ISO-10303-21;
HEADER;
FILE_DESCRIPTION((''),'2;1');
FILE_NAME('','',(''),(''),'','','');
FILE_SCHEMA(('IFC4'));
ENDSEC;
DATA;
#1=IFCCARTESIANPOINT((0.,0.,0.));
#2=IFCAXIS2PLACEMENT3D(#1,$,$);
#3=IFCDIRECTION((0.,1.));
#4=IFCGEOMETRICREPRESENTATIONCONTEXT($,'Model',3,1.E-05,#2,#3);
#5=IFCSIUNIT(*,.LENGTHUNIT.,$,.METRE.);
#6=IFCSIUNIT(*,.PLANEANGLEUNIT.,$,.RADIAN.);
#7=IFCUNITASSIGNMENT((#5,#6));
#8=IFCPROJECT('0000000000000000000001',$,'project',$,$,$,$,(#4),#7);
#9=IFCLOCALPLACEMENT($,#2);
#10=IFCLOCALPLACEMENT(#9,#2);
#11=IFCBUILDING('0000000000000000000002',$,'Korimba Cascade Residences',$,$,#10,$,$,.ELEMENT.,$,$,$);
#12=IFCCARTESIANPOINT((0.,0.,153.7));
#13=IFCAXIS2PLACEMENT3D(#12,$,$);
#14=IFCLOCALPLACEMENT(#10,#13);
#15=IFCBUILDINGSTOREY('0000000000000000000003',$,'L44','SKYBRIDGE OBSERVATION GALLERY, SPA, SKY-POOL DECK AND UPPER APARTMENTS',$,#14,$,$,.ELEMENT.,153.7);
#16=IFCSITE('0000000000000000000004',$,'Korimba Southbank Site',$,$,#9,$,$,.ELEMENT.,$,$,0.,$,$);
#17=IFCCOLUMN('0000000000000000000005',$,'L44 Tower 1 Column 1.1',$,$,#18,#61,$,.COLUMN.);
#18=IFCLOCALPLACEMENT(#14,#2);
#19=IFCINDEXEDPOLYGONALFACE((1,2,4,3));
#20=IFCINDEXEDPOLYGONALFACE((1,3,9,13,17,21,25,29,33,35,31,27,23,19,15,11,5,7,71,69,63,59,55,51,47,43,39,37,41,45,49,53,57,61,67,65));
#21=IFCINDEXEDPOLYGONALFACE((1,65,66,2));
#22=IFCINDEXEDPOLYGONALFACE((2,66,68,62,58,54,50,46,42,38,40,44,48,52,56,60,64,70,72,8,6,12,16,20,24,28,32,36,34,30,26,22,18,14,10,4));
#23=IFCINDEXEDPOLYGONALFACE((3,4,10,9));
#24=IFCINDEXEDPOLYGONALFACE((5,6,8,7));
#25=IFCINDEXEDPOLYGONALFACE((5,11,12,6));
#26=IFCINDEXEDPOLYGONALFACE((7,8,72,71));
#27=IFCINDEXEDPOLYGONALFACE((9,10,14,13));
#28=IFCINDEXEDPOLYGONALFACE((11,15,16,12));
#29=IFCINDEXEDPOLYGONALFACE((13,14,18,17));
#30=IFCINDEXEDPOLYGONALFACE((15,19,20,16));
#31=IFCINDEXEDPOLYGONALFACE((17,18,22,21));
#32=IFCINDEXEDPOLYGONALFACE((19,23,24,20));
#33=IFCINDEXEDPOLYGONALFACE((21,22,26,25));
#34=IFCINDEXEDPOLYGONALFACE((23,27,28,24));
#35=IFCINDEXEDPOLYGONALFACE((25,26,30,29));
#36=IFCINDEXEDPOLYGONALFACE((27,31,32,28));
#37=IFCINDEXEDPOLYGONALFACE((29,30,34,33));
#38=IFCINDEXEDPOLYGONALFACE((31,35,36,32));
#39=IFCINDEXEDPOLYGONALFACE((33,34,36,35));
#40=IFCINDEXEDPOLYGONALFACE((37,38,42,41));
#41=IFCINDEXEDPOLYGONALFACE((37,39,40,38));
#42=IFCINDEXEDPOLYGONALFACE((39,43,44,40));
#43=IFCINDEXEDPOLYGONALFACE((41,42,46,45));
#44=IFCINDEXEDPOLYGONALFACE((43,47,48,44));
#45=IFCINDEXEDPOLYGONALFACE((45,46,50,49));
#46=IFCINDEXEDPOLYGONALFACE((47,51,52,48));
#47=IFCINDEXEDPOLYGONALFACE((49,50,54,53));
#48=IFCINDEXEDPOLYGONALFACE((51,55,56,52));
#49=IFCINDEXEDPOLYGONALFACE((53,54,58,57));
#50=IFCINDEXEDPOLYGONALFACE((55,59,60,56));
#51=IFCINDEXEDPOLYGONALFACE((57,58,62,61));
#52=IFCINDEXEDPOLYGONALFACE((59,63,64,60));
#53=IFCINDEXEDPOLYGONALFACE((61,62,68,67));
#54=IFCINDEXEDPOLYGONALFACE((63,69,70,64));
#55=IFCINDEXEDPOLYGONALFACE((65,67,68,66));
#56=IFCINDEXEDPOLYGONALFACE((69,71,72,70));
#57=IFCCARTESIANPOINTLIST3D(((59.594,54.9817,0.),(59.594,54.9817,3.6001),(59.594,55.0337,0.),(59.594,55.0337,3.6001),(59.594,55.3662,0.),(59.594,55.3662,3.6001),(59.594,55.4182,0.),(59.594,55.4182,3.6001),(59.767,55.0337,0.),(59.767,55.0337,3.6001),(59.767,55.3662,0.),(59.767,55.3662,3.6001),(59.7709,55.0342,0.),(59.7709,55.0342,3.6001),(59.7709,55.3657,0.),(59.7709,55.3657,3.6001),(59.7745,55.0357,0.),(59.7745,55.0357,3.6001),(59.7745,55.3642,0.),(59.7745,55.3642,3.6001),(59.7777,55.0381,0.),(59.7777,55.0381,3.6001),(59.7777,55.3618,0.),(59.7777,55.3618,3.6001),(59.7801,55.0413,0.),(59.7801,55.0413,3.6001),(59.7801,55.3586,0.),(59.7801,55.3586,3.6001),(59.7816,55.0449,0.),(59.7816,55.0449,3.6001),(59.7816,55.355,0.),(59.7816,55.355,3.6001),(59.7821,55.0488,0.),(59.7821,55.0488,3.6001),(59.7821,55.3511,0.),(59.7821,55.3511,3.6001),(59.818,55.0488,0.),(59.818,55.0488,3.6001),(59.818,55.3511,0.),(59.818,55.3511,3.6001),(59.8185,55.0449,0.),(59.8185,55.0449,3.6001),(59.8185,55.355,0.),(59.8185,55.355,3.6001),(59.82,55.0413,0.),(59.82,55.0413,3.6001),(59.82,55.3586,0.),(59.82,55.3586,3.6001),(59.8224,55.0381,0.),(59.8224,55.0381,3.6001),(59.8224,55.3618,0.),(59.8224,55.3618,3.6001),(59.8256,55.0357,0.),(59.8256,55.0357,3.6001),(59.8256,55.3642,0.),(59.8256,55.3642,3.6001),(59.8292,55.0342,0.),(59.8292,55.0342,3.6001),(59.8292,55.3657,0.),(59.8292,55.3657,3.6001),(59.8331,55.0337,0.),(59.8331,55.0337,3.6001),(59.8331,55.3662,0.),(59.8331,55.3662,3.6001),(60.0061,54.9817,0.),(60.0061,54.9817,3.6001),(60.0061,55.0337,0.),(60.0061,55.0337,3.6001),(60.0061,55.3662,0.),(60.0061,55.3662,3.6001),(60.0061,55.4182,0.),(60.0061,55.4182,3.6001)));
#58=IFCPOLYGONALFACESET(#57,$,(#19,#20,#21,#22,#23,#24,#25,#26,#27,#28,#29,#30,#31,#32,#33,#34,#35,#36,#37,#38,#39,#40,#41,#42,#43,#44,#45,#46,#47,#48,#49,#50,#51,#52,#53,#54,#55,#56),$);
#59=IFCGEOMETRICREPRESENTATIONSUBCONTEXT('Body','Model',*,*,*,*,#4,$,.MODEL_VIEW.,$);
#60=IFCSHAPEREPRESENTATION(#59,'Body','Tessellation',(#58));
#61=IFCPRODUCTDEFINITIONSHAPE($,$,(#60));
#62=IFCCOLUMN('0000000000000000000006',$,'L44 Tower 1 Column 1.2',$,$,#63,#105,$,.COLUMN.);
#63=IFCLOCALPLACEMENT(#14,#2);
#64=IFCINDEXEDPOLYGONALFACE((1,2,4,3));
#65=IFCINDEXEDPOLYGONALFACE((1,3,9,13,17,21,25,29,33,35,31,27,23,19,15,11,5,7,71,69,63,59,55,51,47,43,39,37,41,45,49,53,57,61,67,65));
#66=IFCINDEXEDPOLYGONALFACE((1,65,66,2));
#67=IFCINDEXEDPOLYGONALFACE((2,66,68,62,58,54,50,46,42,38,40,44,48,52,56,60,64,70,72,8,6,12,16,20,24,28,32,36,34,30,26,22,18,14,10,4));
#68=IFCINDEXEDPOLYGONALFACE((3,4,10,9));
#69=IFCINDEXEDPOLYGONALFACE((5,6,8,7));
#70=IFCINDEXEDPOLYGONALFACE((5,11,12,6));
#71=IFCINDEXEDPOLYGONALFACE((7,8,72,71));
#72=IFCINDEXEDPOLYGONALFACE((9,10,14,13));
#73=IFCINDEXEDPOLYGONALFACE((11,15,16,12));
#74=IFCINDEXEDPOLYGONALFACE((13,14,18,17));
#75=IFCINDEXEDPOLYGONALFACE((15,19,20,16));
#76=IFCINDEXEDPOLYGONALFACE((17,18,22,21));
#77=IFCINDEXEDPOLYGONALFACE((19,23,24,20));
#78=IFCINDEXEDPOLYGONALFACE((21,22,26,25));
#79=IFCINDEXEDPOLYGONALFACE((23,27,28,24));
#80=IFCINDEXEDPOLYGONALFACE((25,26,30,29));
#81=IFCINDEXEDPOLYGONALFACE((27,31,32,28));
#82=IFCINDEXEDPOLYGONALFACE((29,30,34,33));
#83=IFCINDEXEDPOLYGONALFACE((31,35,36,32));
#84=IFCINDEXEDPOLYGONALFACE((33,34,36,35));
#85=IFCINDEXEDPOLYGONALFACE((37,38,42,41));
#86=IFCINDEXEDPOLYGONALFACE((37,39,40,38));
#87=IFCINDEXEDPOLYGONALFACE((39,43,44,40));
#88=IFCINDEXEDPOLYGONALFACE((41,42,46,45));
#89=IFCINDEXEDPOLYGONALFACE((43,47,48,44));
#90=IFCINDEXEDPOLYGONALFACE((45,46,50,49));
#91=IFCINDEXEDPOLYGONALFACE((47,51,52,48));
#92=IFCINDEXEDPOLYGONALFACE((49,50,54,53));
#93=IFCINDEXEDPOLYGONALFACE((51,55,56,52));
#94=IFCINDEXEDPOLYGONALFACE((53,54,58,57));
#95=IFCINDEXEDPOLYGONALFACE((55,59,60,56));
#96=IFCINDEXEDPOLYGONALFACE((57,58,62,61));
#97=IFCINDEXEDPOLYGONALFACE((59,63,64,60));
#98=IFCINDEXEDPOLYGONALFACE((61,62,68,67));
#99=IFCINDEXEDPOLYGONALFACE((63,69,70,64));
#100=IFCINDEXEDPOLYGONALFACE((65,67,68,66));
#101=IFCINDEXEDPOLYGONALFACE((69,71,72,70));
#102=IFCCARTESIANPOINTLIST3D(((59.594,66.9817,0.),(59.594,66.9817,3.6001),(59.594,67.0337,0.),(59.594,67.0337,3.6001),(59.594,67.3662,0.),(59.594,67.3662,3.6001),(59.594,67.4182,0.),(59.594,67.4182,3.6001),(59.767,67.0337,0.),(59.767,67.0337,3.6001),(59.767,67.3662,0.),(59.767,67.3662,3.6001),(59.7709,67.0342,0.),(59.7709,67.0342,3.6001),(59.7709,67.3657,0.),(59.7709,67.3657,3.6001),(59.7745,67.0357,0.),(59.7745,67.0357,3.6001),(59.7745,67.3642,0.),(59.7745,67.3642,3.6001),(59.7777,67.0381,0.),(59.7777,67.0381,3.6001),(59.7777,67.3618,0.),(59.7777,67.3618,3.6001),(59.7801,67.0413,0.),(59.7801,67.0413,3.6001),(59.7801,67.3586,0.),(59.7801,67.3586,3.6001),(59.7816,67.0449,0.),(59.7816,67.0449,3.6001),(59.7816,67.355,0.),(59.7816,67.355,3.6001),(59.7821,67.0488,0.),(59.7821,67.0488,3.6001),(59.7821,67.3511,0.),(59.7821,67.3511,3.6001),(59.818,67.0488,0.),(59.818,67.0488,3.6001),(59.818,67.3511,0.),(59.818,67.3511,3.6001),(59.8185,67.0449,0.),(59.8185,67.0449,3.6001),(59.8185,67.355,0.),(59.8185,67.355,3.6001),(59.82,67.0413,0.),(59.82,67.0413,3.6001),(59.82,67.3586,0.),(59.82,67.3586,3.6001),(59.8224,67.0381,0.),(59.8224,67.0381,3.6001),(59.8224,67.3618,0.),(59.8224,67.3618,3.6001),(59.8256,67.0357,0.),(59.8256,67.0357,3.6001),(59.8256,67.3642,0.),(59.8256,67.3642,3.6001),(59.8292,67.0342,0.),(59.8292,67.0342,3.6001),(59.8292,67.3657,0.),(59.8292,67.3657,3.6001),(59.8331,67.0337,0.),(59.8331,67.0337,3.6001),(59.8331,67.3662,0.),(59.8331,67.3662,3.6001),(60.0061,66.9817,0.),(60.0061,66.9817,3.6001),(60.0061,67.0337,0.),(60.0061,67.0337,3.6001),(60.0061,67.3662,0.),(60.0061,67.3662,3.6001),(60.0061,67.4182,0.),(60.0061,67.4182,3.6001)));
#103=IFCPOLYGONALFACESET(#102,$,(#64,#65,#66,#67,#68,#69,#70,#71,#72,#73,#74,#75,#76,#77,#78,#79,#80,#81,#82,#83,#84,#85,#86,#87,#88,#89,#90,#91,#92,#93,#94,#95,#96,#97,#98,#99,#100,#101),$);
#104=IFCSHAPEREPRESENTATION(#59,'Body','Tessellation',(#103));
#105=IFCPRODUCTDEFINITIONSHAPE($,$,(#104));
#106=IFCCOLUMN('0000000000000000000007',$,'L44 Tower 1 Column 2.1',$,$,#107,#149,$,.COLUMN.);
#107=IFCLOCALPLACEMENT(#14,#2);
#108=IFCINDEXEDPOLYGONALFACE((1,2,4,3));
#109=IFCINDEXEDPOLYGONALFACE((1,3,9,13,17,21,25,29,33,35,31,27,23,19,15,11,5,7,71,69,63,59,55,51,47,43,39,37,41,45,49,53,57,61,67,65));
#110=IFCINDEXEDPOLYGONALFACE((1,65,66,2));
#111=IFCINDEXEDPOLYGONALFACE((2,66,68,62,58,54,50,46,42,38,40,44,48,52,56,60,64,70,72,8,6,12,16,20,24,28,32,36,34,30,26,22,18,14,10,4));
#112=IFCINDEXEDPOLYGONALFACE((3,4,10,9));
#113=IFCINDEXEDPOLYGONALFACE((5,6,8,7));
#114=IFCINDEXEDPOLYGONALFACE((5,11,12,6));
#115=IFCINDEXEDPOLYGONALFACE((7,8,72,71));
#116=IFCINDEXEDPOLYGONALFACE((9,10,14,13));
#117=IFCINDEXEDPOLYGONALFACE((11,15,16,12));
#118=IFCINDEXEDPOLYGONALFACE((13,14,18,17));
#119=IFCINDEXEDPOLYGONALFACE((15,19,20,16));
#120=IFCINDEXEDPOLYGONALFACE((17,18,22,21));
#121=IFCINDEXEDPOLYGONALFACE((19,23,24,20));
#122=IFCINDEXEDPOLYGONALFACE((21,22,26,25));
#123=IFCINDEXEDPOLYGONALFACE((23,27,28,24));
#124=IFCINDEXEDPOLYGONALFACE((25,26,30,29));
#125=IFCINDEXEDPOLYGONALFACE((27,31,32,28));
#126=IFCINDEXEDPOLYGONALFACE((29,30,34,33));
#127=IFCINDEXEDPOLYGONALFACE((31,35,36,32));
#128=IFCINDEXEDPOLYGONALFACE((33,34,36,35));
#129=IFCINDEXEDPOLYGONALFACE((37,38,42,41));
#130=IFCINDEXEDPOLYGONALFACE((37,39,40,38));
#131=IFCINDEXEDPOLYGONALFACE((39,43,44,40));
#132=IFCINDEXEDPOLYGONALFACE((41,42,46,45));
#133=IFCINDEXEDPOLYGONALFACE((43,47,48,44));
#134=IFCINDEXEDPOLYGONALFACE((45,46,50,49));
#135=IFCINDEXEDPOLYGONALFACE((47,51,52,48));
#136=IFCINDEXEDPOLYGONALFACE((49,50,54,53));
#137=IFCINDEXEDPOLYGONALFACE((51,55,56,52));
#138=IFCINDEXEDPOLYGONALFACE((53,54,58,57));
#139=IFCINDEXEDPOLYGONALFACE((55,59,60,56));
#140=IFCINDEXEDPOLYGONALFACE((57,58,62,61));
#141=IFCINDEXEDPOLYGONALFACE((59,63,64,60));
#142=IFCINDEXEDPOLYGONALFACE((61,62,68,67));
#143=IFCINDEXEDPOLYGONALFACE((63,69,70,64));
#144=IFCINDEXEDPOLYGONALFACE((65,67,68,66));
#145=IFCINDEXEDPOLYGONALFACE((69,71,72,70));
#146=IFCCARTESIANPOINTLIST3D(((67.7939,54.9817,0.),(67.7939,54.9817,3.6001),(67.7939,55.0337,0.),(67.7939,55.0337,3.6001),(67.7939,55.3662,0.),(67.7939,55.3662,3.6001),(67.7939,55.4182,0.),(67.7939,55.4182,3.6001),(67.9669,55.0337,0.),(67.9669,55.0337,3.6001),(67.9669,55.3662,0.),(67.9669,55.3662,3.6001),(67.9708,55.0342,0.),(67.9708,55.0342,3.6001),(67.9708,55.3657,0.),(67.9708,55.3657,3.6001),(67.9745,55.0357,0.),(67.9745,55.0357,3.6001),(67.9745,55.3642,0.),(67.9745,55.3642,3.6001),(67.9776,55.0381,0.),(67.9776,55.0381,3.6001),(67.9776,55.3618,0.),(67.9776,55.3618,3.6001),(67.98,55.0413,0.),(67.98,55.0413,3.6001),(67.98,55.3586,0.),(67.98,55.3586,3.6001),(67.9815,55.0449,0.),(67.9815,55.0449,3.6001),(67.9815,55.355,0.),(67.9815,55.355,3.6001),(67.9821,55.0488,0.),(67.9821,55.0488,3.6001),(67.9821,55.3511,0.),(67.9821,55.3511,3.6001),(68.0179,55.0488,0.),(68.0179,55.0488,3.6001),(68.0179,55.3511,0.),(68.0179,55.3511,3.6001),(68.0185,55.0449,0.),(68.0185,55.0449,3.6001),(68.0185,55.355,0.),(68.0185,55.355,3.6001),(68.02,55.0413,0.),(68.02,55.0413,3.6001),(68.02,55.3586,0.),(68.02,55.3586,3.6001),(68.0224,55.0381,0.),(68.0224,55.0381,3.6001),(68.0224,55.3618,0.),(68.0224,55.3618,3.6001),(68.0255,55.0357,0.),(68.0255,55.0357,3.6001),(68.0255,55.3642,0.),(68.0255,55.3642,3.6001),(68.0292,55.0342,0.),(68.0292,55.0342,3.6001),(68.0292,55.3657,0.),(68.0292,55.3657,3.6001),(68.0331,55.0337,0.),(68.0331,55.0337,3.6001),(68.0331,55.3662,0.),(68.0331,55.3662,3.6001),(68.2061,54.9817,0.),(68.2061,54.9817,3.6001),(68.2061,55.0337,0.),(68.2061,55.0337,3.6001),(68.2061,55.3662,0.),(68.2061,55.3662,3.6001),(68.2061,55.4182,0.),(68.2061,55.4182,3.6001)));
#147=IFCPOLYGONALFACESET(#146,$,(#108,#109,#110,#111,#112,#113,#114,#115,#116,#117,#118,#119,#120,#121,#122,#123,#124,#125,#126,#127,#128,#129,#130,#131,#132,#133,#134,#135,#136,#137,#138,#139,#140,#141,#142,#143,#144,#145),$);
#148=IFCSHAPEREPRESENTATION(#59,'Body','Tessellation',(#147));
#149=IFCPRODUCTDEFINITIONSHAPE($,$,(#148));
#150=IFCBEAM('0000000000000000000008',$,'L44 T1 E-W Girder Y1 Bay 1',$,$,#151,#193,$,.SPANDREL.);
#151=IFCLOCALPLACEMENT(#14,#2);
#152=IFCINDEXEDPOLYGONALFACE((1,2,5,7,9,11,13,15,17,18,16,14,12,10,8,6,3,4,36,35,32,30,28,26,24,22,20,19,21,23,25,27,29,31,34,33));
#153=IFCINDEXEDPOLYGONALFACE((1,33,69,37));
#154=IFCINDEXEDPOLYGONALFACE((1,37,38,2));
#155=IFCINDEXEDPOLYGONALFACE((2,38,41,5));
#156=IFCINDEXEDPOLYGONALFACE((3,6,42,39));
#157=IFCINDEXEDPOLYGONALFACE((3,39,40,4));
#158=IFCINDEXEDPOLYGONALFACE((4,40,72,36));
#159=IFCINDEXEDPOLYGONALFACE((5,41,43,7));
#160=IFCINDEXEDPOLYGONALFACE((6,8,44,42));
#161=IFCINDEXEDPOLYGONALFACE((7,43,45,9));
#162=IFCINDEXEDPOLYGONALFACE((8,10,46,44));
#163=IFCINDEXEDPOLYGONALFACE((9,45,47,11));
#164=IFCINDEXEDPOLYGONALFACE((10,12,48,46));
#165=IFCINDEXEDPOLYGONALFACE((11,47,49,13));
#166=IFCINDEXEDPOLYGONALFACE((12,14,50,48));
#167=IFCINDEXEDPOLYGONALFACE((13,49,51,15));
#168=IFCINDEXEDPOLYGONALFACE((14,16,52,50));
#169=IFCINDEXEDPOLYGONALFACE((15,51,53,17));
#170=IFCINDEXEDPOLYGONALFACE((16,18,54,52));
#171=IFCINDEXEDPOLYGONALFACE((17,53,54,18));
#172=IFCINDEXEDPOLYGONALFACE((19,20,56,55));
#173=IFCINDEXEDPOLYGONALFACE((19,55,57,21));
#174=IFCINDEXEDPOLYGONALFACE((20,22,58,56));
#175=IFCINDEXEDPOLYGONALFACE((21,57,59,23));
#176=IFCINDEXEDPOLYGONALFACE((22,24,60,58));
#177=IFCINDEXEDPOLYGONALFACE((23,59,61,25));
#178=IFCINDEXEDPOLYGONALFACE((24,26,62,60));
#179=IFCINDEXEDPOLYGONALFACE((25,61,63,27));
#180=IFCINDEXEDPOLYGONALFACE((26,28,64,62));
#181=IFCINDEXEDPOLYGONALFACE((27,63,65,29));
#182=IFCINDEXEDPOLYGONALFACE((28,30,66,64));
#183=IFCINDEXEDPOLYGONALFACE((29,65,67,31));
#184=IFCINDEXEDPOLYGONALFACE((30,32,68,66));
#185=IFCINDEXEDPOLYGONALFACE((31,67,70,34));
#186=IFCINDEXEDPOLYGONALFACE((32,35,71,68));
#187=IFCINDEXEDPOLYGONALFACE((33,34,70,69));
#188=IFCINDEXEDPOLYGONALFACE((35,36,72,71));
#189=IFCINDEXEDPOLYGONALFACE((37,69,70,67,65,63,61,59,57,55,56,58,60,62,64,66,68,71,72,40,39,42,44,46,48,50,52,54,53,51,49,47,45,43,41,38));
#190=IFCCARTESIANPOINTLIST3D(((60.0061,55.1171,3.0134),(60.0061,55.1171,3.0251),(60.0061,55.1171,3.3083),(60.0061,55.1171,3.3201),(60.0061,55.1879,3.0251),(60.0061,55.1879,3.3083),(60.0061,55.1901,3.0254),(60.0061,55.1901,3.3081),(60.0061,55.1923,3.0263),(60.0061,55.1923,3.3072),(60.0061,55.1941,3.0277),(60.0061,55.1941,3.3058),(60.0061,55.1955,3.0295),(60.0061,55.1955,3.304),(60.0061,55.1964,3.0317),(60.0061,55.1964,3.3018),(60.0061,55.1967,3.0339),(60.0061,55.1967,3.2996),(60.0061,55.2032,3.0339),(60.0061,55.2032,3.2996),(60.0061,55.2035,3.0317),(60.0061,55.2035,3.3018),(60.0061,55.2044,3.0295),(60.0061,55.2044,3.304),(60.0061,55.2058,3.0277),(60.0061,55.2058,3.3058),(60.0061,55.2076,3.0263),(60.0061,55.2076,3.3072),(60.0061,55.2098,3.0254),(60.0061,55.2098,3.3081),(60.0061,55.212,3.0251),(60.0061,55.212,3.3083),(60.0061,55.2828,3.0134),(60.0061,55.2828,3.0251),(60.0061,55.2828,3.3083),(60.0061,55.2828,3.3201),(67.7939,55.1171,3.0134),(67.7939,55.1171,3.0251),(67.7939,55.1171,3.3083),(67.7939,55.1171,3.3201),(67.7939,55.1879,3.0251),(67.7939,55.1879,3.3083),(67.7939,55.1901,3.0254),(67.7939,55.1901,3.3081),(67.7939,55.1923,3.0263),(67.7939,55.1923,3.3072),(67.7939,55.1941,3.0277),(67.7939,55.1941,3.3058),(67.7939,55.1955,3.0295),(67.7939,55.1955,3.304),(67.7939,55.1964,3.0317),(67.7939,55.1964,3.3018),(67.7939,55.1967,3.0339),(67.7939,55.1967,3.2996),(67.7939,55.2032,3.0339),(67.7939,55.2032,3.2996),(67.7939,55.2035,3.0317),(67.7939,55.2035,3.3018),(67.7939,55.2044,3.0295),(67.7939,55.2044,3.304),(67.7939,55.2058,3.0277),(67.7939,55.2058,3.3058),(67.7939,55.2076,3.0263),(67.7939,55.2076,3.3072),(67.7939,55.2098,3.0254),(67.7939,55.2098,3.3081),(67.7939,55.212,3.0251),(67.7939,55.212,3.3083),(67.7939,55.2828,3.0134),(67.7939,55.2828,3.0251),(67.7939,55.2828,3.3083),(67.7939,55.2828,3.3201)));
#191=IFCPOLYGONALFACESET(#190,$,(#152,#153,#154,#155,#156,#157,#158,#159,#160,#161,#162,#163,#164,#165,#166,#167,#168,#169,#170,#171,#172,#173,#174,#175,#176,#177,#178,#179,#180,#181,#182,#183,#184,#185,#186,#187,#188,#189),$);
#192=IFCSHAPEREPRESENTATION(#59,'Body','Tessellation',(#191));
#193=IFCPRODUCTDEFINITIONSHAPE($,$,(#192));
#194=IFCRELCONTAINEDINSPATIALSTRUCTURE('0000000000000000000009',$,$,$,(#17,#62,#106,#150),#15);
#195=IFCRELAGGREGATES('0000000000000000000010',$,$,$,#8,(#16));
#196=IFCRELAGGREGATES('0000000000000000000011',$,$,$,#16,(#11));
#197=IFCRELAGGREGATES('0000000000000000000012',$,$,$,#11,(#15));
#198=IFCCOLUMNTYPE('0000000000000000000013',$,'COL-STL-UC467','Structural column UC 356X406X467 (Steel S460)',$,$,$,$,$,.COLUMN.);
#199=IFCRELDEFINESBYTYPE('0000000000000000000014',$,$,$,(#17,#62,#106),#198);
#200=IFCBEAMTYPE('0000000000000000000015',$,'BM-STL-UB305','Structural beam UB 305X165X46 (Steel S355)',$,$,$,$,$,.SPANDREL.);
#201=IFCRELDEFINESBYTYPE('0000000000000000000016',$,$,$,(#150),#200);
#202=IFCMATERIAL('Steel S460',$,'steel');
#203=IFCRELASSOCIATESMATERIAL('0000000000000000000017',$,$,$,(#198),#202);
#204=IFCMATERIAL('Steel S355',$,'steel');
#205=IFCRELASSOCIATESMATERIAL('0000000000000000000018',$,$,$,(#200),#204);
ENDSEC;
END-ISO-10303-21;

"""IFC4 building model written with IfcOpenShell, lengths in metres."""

from ifc_helpers import new_model, si_unit, direction, frame, origin, origin_2d, place, context, subcontext, project, spatial, i_section, extrude, material, material_profile, profile_set, type_object, element, save


model = new_model("IFC4")

# Units and contexts
model_context = context("Model", 3, precision=1e-05, world=origin(), true_north=direction((0.0, 1.0)))
body_context = subcontext(model_context, "Body", "Model", "MODEL_VIEW")
ifc_project = project(units=[si_unit("LENGTHUNIT", "METRE"), si_unit("PLANEANGLEUNIT", "RADIAN")], contexts=[model_context])

# Site, building, storey
site_placement = place(None, origin())
site = spatial("IfcSite", under=ifc_project, at=site_placement, Name="Korimba Southbank Site", CompositionType="ELEMENT", RefElevation=0.0)
building_placement = place(site_placement, origin())
building = spatial("IfcBuilding", under=site, at=building_placement, Name="Korimba Cascade Residences", CompositionType="ELEMENT")
storey_placement = place(building_placement, frame((0.0, 0.0, 153.7)))
storey = spatial("IfcBuildingStorey", under=building, at=storey_placement, Name="L44", Description="SKYBRIDGE OBSERVATION GALLERY, SPA, SKY-POOL DECK AND UPPER APARTMENTS", CompositionType="ELEMENT", Elevation=153.7)

# Columns
ifc_material_1 = material(Name="Steel S460", Category="steel")
ifc_material_profile_1 = material_profile(ifc_material_1, i_section(OverallWidth=0.4121, OverallDepth=0.4365, WebThickness=0.0359, FlangeThickness=0.052, FilletRadius=0.0151, at=origin_2d()), Name="Steel S460")
ifc_profile_set_1 = profile_set([ifc_material_profile_1], Name="Steel S460")
column_type = type_object("IfcColumnType", Name="COL-STL-UC467", Description="Structural column UC 356X406X467 (Steel S460)", PredefinedType="COLUMN", material=ifc_profile_set_1)
for number, where, z_axis, x_axis, name in (
    (1, (59.8, 55.2, 0.0), (0.0, 0.0, 1.0), (1.0, 0.0, 0.0), "L44 Tower 1 Column 1.1"),
    (2, (59.8, 67.2, 0.0), (0.0, 0.0, 1.0), (1.0, 0.0, 0.0), "L44 Tower 1 Column 1.2"),
    (3, (68.0, 55.2, 0.0), (0.0, 0.0, 1.0), (1.0, 0.0, 0.0), "L44 Tower 1 Column 2.1"),
):
    element("IfcColumn", number, at=place(storey_placement, frame(where, z_axis=z_axis, x_axis=x_axis)), inside=storey, type_object=column_type, Name=name, PredefinedType="COLUMN", context=body_context, shape_type="SweptSolid", body=[
        extrude(i_section(OverallWidth=0.4121, OverallDepth=0.4365, WebThickness=0.0359, FlangeThickness=0.052, FilletRadius=0.0151, at=origin_2d()), origin(), (0.0, 0.0, 1.0), 3.6001),
    ])

# Beam
ifc_material_2 = material(Name="Steel S355", Category="steel")
ifc_material_profile_2 = material_profile(ifc_material_2, i_section(OverallWidth=0.1658, OverallDepth=0.3066, WebThickness=0.0066, FlangeThickness=0.0117, FilletRadius=0.0088, at=origin_2d()), Name="Steel S355")
ifc_profile_set_2 = profile_set([ifc_material_profile_2], Name="Steel S355")
beam_type_1 = type_object("IfcBeamType", Name="BM-STL-UB305", Description="Structural beam UB 305X165X46 (Steel S355)", PredefinedType="SPANDREL", material=ifc_profile_set_2)
beam_1_placement = place(storey_placement, frame((60.0061, 55.2, 3.1667), z_axis=(1.0, 0.0, 0.0), x_axis=(0.0, 1.0, 0.0)))
element("IfcBeam", 4, at=beam_1_placement, inside=storey, type_object=beam_type_1, Name="L44 T1 E-W Girder Y1 Bay 1", PredefinedType="SPANDREL", context=body_context, shape_type="SweptSolid", body=[
    extrude(i_section(OverallWidth=0.1658, OverallDepth=0.3066, WebThickness=0.0066, FlangeThickness=0.0117, FilletRadius=0.0088, at=origin_2d()), origin(), (0.0, 0.0, 1.0), 7.7878),
])

save(model, "model.ifc")
